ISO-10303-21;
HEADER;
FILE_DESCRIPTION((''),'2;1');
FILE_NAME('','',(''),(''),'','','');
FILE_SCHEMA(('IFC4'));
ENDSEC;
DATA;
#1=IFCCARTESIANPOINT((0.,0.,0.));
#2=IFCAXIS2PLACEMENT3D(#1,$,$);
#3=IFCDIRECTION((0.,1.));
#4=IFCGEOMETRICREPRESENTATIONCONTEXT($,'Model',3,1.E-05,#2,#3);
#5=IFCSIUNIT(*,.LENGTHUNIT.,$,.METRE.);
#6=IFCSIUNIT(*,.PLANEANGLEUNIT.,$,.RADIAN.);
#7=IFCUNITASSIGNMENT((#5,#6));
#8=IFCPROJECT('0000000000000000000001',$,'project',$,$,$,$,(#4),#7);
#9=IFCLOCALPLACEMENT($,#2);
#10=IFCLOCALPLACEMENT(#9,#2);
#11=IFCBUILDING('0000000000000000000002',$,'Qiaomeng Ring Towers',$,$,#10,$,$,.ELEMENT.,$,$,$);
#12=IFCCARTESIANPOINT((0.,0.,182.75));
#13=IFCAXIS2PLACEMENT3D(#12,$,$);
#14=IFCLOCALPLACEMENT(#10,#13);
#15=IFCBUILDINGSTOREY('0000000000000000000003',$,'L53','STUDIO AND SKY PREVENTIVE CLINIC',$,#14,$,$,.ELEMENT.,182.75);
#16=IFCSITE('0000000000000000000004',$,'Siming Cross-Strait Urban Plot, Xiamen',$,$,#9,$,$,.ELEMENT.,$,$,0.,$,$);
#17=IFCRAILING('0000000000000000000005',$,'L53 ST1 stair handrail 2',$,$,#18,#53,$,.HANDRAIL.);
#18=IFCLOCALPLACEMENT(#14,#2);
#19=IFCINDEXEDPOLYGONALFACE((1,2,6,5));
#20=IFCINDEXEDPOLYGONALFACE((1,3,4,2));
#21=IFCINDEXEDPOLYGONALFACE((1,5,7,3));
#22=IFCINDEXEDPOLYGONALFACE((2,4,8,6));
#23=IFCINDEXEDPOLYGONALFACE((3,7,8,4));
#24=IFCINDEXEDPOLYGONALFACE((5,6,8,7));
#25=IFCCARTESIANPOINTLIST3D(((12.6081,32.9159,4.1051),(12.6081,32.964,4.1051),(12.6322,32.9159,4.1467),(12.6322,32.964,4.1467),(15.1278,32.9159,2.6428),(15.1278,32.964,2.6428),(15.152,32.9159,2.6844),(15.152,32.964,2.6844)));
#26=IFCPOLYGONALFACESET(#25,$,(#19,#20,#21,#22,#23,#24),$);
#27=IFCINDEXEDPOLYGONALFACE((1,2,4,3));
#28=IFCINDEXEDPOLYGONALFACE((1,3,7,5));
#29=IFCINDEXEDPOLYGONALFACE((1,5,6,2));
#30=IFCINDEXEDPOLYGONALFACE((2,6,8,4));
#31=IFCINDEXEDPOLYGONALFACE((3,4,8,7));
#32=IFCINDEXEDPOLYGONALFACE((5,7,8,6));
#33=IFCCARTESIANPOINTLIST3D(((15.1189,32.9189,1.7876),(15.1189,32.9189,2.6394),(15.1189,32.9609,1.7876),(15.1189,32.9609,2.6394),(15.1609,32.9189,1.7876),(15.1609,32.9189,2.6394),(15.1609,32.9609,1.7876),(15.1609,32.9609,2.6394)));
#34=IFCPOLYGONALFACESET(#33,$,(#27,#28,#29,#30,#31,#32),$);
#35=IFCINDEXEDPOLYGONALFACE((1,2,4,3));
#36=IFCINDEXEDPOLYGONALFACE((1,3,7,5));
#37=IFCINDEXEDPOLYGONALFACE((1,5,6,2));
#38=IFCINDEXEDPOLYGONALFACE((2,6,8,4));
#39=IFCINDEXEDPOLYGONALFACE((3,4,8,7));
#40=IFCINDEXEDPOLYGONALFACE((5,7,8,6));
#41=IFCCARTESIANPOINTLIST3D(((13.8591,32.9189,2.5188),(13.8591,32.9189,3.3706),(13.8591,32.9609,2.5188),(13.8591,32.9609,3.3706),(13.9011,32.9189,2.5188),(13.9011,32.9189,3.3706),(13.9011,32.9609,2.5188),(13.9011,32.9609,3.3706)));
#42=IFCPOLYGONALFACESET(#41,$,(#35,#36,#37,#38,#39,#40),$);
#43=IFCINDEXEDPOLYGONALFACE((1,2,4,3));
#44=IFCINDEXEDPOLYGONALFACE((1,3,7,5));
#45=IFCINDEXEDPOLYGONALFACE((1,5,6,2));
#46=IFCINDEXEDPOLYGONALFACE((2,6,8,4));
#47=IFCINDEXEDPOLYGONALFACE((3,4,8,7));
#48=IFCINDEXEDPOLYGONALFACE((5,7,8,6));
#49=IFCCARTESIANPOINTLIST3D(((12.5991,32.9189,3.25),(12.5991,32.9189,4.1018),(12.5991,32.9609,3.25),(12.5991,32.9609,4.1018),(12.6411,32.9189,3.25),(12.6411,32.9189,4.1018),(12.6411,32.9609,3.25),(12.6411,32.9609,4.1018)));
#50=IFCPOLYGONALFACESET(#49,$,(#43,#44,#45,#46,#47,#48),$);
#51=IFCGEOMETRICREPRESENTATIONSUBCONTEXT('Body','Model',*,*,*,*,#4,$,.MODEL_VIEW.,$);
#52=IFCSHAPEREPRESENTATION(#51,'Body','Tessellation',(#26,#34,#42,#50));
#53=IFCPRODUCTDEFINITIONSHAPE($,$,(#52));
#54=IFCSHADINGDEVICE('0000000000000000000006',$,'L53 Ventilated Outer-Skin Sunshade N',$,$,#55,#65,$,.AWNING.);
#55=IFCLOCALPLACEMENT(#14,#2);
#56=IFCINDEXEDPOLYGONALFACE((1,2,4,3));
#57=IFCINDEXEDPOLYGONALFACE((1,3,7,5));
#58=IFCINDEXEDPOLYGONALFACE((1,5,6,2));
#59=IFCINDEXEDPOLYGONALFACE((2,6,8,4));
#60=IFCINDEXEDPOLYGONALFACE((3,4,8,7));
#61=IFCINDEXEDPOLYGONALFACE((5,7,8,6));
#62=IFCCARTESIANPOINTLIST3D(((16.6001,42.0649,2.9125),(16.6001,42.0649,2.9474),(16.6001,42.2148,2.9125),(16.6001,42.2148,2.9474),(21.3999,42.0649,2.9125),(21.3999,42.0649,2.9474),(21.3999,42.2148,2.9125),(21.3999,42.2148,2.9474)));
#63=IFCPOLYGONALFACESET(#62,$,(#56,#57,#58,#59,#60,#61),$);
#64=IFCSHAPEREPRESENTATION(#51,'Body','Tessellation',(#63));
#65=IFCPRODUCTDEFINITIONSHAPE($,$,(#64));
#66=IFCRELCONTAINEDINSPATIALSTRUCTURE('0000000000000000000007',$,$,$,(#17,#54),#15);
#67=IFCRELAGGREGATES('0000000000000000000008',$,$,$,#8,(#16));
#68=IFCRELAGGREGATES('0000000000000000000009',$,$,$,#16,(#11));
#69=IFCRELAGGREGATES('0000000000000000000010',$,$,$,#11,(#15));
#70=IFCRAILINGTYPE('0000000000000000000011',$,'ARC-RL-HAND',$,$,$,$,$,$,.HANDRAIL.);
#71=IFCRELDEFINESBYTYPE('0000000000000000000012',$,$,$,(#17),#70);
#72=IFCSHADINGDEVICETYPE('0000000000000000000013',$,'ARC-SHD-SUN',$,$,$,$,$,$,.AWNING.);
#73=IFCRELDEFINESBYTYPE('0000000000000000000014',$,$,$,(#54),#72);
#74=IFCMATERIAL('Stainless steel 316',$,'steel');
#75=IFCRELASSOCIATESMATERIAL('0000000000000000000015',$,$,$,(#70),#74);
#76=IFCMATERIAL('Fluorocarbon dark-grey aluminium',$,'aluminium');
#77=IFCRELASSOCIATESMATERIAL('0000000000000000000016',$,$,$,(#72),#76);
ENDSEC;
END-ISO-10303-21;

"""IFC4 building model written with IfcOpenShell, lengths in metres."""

from ifc_helpers import new_model, si_unit, direction, frame, origin, origin_2d, place, context, subcontext, project, spatial, rectangle, extrude, source, transform, mapped, material, material_profile, profile_set, type_object, element, save


model = new_model("IFC4")

# Units and contexts
model_context = context("Model", 3, precision=1e-05, world=origin(), true_north=direction((0.0, 1.0)))
body_context = subcontext(model_context, "Body", "Model", "MODEL_VIEW")
ifc_project = project(units=[si_unit("LENGTHUNIT", "METRE"), si_unit("PLANEANGLEUNIT", "RADIAN")], contexts=[model_context])

# Site, building, storey
site_placement = place(None, origin())
site = spatial("IfcSite", under=ifc_project, at=site_placement, Name="Siming Cross-Strait Urban Plot, Xiamen", CompositionType="ELEMENT", RefElevation=0.0)
building_placement = place(site_placement, origin())
building = spatial("IfcBuilding", under=site, at=building_placement, Name="Qiaomeng Ring Towers", CompositionType="ELEMENT")
storey_placement = place(building_placement, frame((0.0, 0.0, 182.75)))
storey = spatial("IfcBuildingStorey", under=building, at=storey_placement, Name="L53", Description="STUDIO AND SKY PREVENTIVE CLINIC", CompositionType="ELEMENT", Elevation=182.75)

# Railing
ifc_material_1 = material(Name="Stainless steel 316", Category="steel")
railing_type_1 = type_object("IfcRailingType", Name="ARC-RL-HAND", PredefinedType="HANDRAIL", material=ifc_material_1)
railing_1_placement = place(storey_placement, frame((15.1399, 32.9399, 1.7876)))
element("IfcRailing", 1, at=railing_1_placement, inside=storey, type_object=railing_type_1, Name="L53 ST1 stair handrail 2", PredefinedType="HANDRAIL", context=body_context, shape_type="SweptSolid", body=[
    extrude(rectangle(XDim=0.0481, YDim=0.0481, at=origin_2d()), frame((0.0, 0.0, 0.876), z_axis=(-0.864892, 0.0, 0.501958), x_axis=(0.0, -1.0, 0.0)), (0.0, 0.0, 1.0), 2.9133),
    extrude(rectangle(XDim=0.042, YDim=0.042, at=origin_2d()), origin(), (0.0, 0.0, 1.0), 0.8518),
    extrude(rectangle(XDim=0.042, YDim=0.042, at=origin_2d()), frame((-1.2598, 0.0, 0.7312)), (0.0, 0.0, 1.0), 0.8518),
    extrude(rectangle(XDim=0.042, YDim=0.042, at=origin_2d()), frame((-2.5198, 0.0, 1.4624)), (0.0, 0.0, 1.0), 0.8518),
])

# Shading device
ifc_material_2 = material(Name="Fluorocarbon dark-grey aluminium", Category="aluminium")
ifc_material_profile_1 = material_profile(ifc_material_2, rectangle(XDim=0.1499, YDim=0.0349, at=origin_2d()), Name="LV BLADE 150x35")
ifc_profile_set_1 = profile_set([ifc_material_profile_1], Name="Fluorocarbon dark-grey aluminium")
shading_device_type = type_object("IfcShadingDeviceType", Name="ARC-SHD-SUN", PredefinedType="AWNING", material=ifc_profile_set_1)
shared_shape_1 = source(origin(), body_context, "Body", "SweptSolid", [
    extrude(rectangle(XDim=0.1499, YDim=0.0349, at=origin_2d()), origin(), (0.0, 0.0, 1.0), 4.7998),
])
shading_device_placement = place(storey_placement, frame((16.6001, 42.1399, 2.9299), z_axis=(1.0, 0.0, 0.0), x_axis=(0.0, 1.0, 0.0)))
element("IfcShadingDevice", 2, at=shading_device_placement, inside=storey, type_object=shading_device_type, Name="L53 Ventilated Outer-Skin Sunshade N", PredefinedType="AWNING", context=body_context, shape_type="MappedRepresentation", body=[
    mapped(shared_shape_1, transform((0.0, 0.0, 0.0), x_axis=(1.0, 0.0, 0.0), y_axis=(0.0, 1.0, 0.0), z_axis=(0.0, 0.0, 1.0), scale=1.0)),
])

save(model, "model.ifc")
